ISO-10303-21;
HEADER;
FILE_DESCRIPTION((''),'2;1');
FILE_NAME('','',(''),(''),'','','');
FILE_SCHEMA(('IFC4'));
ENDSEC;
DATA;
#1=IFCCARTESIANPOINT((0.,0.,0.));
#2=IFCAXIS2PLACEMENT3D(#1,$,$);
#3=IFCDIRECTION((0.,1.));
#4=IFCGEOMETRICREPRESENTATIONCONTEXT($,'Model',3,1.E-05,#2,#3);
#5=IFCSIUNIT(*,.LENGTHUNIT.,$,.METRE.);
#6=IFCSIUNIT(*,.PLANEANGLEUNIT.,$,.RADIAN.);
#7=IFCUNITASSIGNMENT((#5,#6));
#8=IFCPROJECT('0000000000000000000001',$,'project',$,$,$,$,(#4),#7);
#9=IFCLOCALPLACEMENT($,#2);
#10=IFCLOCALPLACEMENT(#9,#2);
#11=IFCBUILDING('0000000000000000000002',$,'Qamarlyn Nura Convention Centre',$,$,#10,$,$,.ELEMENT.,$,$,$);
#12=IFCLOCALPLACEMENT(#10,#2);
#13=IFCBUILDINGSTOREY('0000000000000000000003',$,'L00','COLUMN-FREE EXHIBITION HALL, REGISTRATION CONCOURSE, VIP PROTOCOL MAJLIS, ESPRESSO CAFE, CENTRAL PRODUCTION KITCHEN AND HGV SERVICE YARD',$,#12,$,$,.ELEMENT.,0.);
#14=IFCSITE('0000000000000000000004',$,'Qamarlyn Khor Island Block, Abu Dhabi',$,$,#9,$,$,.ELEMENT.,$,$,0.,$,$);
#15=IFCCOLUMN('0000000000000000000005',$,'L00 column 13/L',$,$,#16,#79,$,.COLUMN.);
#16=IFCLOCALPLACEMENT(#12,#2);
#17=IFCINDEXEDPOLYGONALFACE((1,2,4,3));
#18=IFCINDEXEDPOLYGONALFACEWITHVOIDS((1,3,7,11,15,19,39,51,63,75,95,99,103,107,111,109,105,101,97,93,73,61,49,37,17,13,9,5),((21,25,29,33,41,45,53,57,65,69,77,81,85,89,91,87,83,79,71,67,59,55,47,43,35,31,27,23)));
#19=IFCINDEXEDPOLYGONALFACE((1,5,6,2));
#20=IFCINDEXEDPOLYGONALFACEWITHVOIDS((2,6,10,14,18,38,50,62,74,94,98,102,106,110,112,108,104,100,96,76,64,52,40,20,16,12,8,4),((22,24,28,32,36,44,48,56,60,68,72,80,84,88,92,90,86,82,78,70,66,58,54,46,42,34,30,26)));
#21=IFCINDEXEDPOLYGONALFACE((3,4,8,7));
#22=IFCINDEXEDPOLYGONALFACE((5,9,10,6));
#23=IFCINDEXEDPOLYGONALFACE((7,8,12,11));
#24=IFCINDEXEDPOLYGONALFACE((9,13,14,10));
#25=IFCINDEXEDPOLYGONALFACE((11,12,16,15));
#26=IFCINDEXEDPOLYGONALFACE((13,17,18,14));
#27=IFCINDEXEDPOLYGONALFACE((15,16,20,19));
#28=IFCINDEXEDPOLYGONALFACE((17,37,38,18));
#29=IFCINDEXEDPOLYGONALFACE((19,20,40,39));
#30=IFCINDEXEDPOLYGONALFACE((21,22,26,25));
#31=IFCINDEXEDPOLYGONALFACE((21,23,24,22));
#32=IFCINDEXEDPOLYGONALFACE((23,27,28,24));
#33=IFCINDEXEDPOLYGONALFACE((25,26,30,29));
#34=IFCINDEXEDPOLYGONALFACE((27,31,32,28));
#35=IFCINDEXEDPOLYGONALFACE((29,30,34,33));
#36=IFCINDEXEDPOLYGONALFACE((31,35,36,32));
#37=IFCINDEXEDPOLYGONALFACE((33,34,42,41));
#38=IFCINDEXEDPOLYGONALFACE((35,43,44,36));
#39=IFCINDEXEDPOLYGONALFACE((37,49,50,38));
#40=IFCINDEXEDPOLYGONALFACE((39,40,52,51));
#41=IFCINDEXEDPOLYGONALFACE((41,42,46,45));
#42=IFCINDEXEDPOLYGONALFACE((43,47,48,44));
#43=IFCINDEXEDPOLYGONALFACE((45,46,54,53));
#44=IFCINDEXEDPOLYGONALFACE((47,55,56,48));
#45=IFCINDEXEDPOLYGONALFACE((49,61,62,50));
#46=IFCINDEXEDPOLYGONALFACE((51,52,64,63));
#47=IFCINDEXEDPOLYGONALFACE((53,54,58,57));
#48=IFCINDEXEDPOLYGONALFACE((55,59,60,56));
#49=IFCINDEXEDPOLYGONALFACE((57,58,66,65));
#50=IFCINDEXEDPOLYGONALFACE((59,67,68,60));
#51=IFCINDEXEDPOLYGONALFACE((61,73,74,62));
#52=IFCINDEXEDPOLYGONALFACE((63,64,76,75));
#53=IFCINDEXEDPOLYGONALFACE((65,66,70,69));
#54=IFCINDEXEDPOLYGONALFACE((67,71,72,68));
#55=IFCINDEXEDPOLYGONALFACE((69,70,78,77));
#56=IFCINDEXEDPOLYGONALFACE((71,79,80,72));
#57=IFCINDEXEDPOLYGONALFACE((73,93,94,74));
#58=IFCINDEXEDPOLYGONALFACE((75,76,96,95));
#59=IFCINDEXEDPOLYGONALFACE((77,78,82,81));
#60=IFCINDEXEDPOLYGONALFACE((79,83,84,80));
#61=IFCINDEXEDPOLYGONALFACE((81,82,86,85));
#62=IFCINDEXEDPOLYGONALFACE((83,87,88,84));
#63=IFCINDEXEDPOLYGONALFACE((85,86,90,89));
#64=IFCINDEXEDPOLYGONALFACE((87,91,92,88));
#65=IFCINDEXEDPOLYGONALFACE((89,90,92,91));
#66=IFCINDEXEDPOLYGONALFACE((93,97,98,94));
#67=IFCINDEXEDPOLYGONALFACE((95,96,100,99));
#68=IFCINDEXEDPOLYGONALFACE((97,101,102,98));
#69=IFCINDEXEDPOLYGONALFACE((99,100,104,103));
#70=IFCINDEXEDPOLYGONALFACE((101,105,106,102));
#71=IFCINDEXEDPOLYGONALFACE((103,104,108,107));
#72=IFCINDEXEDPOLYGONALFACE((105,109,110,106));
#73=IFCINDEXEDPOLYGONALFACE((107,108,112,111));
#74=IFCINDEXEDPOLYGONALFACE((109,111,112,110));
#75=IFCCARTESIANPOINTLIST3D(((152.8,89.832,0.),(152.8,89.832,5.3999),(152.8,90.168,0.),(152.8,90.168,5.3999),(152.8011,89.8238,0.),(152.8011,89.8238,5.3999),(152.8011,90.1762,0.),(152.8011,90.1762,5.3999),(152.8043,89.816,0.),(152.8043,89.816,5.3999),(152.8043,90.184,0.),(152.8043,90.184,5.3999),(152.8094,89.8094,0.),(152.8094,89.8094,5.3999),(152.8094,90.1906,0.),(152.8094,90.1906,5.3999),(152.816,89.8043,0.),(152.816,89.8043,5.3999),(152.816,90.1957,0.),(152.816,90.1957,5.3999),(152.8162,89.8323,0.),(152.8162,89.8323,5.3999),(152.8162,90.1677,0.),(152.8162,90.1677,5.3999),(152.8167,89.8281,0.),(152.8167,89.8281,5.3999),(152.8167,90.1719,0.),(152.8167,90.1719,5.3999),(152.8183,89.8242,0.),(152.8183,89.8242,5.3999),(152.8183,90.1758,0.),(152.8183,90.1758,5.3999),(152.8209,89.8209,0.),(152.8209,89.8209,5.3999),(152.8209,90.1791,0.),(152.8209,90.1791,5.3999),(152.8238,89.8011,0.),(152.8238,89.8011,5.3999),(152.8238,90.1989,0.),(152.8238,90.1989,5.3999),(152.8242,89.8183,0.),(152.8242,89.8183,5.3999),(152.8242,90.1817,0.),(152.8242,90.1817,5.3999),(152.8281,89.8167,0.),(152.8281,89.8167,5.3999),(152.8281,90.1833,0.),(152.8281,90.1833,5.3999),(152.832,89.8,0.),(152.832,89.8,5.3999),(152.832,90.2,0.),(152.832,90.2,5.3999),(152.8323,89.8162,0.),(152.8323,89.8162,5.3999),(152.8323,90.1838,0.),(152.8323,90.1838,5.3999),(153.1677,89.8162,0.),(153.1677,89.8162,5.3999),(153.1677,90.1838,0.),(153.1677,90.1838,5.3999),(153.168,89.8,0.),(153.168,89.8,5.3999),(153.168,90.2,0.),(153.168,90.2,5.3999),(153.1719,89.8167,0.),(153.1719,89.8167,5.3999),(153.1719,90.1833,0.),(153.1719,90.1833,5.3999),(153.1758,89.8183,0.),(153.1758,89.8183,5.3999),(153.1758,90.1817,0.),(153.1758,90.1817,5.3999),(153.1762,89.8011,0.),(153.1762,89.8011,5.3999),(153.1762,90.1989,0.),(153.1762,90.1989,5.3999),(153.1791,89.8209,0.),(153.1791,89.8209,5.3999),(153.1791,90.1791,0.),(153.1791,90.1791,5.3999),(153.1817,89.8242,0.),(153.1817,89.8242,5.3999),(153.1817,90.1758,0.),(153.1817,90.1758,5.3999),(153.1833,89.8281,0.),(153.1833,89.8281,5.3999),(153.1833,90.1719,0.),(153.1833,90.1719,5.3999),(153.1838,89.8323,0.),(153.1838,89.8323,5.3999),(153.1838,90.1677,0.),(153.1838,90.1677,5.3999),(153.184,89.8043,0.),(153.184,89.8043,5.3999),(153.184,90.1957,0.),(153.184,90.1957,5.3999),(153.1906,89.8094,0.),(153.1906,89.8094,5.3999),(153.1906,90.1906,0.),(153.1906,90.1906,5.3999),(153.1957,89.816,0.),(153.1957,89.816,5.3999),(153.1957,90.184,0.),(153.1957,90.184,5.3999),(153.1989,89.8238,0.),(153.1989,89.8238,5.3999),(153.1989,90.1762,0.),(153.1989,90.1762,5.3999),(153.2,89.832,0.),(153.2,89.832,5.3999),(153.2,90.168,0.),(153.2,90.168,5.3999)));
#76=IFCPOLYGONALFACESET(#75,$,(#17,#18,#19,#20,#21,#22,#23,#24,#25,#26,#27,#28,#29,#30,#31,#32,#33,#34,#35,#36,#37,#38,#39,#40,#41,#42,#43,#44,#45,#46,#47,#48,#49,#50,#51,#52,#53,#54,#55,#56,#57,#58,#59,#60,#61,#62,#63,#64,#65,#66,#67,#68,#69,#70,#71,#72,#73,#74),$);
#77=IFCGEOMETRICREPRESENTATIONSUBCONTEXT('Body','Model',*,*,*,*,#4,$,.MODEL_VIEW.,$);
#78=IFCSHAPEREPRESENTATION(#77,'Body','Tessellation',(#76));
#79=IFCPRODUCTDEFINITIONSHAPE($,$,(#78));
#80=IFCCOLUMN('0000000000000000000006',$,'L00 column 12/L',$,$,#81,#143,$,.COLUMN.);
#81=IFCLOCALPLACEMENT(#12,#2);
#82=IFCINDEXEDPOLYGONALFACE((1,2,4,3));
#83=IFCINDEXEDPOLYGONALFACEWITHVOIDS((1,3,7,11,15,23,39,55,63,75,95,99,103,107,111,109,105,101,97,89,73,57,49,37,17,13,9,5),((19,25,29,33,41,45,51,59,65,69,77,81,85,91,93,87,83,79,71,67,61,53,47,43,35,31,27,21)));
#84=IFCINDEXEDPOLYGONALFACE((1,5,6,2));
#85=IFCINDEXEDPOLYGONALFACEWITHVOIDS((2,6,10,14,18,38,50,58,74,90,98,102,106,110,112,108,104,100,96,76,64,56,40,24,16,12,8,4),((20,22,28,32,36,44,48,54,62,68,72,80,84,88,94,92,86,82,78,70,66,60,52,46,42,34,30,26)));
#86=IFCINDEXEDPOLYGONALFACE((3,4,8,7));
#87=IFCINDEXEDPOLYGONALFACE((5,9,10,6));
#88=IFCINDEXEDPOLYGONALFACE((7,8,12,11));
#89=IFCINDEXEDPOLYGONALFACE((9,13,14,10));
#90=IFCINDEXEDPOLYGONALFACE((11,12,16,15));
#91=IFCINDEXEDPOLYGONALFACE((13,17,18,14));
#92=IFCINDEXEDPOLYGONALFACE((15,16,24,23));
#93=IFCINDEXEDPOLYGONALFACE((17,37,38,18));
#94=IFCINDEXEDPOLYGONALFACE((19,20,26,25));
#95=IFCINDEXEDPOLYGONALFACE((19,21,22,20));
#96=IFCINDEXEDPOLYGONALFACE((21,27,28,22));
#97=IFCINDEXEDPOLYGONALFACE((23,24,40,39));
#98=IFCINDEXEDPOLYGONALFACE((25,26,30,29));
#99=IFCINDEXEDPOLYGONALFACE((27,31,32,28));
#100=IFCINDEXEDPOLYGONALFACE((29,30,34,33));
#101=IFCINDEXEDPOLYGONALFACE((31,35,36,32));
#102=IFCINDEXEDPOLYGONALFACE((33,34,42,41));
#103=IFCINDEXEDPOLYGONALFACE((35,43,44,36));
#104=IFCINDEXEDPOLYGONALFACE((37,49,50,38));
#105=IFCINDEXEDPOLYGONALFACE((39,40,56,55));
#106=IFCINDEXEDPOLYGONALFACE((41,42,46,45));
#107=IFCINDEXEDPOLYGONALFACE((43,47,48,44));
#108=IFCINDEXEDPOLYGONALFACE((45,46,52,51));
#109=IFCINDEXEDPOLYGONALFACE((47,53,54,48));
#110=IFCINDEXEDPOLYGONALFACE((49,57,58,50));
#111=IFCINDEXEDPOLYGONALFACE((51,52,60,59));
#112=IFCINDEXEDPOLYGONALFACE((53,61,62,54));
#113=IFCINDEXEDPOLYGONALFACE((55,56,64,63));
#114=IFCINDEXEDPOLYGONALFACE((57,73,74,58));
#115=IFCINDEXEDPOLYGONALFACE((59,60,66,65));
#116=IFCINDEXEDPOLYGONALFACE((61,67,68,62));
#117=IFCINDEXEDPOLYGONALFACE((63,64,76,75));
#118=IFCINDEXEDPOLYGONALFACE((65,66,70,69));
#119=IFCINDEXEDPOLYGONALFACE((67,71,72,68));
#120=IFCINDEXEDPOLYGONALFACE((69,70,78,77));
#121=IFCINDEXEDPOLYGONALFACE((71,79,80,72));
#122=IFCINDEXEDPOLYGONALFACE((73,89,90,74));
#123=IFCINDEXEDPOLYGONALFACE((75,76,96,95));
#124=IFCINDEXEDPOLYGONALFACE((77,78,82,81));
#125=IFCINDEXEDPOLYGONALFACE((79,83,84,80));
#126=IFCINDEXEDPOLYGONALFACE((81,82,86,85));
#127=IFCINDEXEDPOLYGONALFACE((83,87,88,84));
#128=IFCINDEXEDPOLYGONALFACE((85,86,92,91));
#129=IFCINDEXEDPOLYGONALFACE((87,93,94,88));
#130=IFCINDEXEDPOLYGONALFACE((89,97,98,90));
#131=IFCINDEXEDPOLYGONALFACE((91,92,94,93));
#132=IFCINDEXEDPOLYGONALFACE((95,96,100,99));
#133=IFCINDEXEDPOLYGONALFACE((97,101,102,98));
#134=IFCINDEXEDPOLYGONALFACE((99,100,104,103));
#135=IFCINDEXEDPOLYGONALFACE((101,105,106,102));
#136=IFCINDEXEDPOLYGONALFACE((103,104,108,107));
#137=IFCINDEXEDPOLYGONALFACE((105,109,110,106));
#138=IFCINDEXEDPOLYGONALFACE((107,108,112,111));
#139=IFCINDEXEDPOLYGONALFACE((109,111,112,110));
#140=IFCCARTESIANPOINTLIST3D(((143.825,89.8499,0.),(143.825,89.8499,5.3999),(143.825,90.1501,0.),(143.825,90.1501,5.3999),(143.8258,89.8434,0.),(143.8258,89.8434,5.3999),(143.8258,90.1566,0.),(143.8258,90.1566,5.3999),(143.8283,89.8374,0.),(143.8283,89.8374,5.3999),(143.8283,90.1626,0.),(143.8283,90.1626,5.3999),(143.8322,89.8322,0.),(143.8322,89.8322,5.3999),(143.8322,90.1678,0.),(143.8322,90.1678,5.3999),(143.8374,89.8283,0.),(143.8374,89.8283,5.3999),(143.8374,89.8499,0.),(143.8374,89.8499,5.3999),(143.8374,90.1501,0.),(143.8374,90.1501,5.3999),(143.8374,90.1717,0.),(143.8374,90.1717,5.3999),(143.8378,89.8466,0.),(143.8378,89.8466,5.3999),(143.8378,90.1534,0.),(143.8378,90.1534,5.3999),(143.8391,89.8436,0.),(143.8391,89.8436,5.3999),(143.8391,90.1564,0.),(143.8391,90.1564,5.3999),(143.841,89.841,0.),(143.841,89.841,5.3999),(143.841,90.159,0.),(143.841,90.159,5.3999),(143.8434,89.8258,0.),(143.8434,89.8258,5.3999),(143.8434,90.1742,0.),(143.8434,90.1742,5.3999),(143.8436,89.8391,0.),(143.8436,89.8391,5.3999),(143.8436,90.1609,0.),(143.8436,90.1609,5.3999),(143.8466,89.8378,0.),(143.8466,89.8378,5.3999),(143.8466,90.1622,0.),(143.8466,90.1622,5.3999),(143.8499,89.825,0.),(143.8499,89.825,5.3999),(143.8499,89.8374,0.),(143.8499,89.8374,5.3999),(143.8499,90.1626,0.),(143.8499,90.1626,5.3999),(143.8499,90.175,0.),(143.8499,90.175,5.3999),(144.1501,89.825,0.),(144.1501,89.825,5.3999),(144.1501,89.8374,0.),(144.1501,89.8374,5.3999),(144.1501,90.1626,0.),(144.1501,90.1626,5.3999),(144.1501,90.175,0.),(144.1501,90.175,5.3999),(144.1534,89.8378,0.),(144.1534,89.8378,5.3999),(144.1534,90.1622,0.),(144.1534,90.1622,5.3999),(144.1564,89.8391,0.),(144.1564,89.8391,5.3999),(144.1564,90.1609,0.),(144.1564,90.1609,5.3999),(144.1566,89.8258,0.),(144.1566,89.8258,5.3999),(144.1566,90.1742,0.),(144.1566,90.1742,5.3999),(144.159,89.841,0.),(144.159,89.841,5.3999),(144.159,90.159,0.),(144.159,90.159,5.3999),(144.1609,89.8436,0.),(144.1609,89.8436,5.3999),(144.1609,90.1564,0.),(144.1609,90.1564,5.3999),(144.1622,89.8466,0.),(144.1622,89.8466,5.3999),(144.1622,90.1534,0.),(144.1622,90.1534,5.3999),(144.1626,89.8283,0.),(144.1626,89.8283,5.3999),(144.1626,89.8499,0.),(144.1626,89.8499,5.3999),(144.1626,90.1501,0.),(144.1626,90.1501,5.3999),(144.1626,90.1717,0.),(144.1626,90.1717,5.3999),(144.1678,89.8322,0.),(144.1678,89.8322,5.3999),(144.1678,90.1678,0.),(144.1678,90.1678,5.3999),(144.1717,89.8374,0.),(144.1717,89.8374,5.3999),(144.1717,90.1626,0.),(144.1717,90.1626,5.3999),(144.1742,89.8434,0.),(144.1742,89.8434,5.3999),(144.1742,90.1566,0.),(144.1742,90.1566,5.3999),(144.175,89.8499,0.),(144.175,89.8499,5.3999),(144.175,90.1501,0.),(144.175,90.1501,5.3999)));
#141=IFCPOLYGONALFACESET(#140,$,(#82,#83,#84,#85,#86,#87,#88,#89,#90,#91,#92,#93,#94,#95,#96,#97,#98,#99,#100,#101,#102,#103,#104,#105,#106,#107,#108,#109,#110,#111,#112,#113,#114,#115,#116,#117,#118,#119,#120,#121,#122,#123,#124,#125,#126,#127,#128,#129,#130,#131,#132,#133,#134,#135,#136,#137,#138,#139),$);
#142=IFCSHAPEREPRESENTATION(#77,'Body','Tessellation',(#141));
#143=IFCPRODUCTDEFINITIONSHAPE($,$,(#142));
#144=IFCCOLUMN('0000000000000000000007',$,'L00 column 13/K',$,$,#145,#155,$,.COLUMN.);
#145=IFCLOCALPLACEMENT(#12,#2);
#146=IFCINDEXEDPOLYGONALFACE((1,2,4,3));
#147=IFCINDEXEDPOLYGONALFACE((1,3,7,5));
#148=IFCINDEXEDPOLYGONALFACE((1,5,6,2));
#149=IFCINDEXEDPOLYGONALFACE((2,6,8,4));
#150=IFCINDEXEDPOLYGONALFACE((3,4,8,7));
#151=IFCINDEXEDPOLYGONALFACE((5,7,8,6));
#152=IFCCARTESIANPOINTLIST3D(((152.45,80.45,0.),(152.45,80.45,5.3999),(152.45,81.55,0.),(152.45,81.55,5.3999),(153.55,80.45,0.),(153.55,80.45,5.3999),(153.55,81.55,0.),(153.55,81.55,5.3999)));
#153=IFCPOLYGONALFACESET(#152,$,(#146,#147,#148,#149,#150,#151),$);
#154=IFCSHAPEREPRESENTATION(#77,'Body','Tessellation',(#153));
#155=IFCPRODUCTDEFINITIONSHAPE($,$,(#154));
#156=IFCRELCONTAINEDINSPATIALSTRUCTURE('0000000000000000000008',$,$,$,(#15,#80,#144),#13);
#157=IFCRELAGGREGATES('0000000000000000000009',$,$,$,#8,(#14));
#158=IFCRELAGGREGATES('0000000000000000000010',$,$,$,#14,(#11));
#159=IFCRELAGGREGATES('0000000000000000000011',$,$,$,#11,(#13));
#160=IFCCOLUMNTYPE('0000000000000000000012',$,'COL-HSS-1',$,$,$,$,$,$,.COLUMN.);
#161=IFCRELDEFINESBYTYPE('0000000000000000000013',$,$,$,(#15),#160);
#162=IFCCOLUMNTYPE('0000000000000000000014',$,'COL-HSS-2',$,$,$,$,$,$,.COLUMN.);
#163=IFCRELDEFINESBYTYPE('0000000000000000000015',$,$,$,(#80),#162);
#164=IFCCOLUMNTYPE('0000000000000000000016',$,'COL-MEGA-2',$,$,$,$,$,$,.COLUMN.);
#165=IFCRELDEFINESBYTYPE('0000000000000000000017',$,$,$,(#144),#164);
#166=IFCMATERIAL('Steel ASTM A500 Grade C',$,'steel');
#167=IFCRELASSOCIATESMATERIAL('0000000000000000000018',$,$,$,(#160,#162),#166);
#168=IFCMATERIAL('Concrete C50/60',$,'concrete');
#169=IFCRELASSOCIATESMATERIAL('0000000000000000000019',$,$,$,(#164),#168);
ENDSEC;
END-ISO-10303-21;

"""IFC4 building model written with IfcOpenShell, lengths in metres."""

from ifc_helpers import new_model, si_unit, direction, frame, origin, origin_2d, place, context, subcontext, project, spatial, rectangle, hollow_rectangle, extrude, material, material_profile, profile_set, type_object, element, save


model = new_model("IFC4")

# Units and contexts
model_context = context("Model", 3, precision=1e-05, world=origin(), true_north=direction((0.0, 1.0)))
body_context = subcontext(model_context, "Body", "Model", "MODEL_VIEW")
ifc_project = project(units=[si_unit("LENGTHUNIT", "METRE"), si_unit("PLANEANGLEUNIT", "RADIAN")], contexts=[model_context])

# Site, building, storey
site_placement = place(None, origin())
site = spatial("IfcSite", under=ifc_project, at=site_placement, Name="Qamarlyn Khor Island Block, Abu Dhabi", CompositionType="ELEMENT", RefElevation=0.0)
building_placement = place(site_placement, origin())
building = spatial("IfcBuilding", under=site, at=building_placement, Name="Qamarlyn Nura Convention Centre", CompositionType="ELEMENT")
storey_placement = place(building_placement, origin())
storey = spatial("IfcBuildingStorey", under=building, at=storey_placement, Name="L00", Description="COLUMN-FREE EXHIBITION HALL, REGISTRATION CONCOURSE, VIP PROTOCOL MAJLIS, ESPRESSO CAFE, CENTRAL PRODUCTION KITCHEN AND HGV SERVICE YARD", CompositionType="ELEMENT", Elevation=0.0)

# Columns
ifc_material_1 = material(Name="Steel ASTM A500 Grade C", Category="steel")
ifc_material_profile_1 = material_profile(ifc_material_1, hollow_rectangle(XDim=0.3999, YDim=0.3999, WallThickness=0.0161, InnerFilletRadius=0.0161, OuterFilletRadius=0.032, at=origin_2d()), Name="HSS400X400X16")
ifc_profile_set_1 = profile_set([ifc_material_profile_1], Name="Steel ASTM A500 Grade C")
column_type_1 = type_object("IfcColumnType", Name="COL-HSS-1", PredefinedType="COLUMN", material=ifc_profile_set_1)
column_1_placement = place(storey_placement, frame((153.0, 90.0, 0.0), z_axis=(0.0, 0.0, 1.0), x_axis=(1.0, 0.0, 0.0)))
element("IfcColumn", 1, at=column_1_placement, inside=storey, type_object=column_type_1, Name="L00 column 13/L", PredefinedType="COLUMN", context=body_context, shape_type="SweptSolid", body=[
    extrude(hollow_rectangle(XDim=0.3999, YDim=0.3999, WallThickness=0.0161, InnerFilletRadius=0.0161, OuterFilletRadius=0.032, at=origin_2d()), origin(), (0.0, 0.0, 1.0), 5.3999),
])
ifc_material_profile_2 = material_profile(ifc_material_1, hollow_rectangle(XDim=0.3501, YDim=0.3501, WallThickness=0.0125, InnerFilletRadius=0.0125, OuterFilletRadius=0.0249, at=origin_2d()), Name="HSS350X350X12.5")
ifc_profile_set_2 = profile_set([ifc_material_profile_2], Name="Steel ASTM A500 Grade C")
column_type_2 = type_object("IfcColumnType", Name="COL-HSS-2", PredefinedType="COLUMN", material=ifc_profile_set_2)
column_2_placement = place(storey_placement, frame((144.0, 90.0, 0.0), z_axis=(0.0, 0.0, 1.0), x_axis=(1.0, 0.0, 0.0)))
element("IfcColumn", 2, at=column_2_placement, inside=storey, type_object=column_type_2, Name="L00 column 12/L", PredefinedType="COLUMN", context=body_context, shape_type="SweptSolid", body=[
    extrude(hollow_rectangle(XDim=0.3501, YDim=0.3501, WallThickness=0.0125, InnerFilletRadius=0.0125, OuterFilletRadius=0.0249, at=origin_2d()), origin(), (0.0, 0.0, 1.0), 5.3999),
])
ifc_material_2 = material(Name="Concrete C50/60", Category="concrete")
ifc_material_profile_3 = material_profile(ifc_material_2, rectangle(XDim=1.1001, YDim=1.1001, at=origin_2d()), Name="RC 1100x1100")
ifc_profile_set_3 = profile_set([ifc_material_profile_3], Name="Concrete C50/60")
column_type_3 = type_object("IfcColumnType", Name="COL-MEGA-2", PredefinedType="COLUMN", material=ifc_profile_set_3)
column_3_placement = place(storey_placement, frame((153.0, 81.0, 0.0), z_axis=(0.0, 0.0, 1.0), x_axis=(1.0, 0.0, 0.0)))
element("IfcColumn", 3, at=column_3_placement, inside=storey, type_object=column_type_3, Name="L00 column 13/K", PredefinedType="COLUMN", context=body_context, shape_type="SweptSolid", body=[
    extrude(rectangle(XDim=1.1001, YDim=1.1001, at=origin_2d()), origin(), (0.0, 0.0, 1.0), 5.3999),
])

save(model, "model.ifc")
